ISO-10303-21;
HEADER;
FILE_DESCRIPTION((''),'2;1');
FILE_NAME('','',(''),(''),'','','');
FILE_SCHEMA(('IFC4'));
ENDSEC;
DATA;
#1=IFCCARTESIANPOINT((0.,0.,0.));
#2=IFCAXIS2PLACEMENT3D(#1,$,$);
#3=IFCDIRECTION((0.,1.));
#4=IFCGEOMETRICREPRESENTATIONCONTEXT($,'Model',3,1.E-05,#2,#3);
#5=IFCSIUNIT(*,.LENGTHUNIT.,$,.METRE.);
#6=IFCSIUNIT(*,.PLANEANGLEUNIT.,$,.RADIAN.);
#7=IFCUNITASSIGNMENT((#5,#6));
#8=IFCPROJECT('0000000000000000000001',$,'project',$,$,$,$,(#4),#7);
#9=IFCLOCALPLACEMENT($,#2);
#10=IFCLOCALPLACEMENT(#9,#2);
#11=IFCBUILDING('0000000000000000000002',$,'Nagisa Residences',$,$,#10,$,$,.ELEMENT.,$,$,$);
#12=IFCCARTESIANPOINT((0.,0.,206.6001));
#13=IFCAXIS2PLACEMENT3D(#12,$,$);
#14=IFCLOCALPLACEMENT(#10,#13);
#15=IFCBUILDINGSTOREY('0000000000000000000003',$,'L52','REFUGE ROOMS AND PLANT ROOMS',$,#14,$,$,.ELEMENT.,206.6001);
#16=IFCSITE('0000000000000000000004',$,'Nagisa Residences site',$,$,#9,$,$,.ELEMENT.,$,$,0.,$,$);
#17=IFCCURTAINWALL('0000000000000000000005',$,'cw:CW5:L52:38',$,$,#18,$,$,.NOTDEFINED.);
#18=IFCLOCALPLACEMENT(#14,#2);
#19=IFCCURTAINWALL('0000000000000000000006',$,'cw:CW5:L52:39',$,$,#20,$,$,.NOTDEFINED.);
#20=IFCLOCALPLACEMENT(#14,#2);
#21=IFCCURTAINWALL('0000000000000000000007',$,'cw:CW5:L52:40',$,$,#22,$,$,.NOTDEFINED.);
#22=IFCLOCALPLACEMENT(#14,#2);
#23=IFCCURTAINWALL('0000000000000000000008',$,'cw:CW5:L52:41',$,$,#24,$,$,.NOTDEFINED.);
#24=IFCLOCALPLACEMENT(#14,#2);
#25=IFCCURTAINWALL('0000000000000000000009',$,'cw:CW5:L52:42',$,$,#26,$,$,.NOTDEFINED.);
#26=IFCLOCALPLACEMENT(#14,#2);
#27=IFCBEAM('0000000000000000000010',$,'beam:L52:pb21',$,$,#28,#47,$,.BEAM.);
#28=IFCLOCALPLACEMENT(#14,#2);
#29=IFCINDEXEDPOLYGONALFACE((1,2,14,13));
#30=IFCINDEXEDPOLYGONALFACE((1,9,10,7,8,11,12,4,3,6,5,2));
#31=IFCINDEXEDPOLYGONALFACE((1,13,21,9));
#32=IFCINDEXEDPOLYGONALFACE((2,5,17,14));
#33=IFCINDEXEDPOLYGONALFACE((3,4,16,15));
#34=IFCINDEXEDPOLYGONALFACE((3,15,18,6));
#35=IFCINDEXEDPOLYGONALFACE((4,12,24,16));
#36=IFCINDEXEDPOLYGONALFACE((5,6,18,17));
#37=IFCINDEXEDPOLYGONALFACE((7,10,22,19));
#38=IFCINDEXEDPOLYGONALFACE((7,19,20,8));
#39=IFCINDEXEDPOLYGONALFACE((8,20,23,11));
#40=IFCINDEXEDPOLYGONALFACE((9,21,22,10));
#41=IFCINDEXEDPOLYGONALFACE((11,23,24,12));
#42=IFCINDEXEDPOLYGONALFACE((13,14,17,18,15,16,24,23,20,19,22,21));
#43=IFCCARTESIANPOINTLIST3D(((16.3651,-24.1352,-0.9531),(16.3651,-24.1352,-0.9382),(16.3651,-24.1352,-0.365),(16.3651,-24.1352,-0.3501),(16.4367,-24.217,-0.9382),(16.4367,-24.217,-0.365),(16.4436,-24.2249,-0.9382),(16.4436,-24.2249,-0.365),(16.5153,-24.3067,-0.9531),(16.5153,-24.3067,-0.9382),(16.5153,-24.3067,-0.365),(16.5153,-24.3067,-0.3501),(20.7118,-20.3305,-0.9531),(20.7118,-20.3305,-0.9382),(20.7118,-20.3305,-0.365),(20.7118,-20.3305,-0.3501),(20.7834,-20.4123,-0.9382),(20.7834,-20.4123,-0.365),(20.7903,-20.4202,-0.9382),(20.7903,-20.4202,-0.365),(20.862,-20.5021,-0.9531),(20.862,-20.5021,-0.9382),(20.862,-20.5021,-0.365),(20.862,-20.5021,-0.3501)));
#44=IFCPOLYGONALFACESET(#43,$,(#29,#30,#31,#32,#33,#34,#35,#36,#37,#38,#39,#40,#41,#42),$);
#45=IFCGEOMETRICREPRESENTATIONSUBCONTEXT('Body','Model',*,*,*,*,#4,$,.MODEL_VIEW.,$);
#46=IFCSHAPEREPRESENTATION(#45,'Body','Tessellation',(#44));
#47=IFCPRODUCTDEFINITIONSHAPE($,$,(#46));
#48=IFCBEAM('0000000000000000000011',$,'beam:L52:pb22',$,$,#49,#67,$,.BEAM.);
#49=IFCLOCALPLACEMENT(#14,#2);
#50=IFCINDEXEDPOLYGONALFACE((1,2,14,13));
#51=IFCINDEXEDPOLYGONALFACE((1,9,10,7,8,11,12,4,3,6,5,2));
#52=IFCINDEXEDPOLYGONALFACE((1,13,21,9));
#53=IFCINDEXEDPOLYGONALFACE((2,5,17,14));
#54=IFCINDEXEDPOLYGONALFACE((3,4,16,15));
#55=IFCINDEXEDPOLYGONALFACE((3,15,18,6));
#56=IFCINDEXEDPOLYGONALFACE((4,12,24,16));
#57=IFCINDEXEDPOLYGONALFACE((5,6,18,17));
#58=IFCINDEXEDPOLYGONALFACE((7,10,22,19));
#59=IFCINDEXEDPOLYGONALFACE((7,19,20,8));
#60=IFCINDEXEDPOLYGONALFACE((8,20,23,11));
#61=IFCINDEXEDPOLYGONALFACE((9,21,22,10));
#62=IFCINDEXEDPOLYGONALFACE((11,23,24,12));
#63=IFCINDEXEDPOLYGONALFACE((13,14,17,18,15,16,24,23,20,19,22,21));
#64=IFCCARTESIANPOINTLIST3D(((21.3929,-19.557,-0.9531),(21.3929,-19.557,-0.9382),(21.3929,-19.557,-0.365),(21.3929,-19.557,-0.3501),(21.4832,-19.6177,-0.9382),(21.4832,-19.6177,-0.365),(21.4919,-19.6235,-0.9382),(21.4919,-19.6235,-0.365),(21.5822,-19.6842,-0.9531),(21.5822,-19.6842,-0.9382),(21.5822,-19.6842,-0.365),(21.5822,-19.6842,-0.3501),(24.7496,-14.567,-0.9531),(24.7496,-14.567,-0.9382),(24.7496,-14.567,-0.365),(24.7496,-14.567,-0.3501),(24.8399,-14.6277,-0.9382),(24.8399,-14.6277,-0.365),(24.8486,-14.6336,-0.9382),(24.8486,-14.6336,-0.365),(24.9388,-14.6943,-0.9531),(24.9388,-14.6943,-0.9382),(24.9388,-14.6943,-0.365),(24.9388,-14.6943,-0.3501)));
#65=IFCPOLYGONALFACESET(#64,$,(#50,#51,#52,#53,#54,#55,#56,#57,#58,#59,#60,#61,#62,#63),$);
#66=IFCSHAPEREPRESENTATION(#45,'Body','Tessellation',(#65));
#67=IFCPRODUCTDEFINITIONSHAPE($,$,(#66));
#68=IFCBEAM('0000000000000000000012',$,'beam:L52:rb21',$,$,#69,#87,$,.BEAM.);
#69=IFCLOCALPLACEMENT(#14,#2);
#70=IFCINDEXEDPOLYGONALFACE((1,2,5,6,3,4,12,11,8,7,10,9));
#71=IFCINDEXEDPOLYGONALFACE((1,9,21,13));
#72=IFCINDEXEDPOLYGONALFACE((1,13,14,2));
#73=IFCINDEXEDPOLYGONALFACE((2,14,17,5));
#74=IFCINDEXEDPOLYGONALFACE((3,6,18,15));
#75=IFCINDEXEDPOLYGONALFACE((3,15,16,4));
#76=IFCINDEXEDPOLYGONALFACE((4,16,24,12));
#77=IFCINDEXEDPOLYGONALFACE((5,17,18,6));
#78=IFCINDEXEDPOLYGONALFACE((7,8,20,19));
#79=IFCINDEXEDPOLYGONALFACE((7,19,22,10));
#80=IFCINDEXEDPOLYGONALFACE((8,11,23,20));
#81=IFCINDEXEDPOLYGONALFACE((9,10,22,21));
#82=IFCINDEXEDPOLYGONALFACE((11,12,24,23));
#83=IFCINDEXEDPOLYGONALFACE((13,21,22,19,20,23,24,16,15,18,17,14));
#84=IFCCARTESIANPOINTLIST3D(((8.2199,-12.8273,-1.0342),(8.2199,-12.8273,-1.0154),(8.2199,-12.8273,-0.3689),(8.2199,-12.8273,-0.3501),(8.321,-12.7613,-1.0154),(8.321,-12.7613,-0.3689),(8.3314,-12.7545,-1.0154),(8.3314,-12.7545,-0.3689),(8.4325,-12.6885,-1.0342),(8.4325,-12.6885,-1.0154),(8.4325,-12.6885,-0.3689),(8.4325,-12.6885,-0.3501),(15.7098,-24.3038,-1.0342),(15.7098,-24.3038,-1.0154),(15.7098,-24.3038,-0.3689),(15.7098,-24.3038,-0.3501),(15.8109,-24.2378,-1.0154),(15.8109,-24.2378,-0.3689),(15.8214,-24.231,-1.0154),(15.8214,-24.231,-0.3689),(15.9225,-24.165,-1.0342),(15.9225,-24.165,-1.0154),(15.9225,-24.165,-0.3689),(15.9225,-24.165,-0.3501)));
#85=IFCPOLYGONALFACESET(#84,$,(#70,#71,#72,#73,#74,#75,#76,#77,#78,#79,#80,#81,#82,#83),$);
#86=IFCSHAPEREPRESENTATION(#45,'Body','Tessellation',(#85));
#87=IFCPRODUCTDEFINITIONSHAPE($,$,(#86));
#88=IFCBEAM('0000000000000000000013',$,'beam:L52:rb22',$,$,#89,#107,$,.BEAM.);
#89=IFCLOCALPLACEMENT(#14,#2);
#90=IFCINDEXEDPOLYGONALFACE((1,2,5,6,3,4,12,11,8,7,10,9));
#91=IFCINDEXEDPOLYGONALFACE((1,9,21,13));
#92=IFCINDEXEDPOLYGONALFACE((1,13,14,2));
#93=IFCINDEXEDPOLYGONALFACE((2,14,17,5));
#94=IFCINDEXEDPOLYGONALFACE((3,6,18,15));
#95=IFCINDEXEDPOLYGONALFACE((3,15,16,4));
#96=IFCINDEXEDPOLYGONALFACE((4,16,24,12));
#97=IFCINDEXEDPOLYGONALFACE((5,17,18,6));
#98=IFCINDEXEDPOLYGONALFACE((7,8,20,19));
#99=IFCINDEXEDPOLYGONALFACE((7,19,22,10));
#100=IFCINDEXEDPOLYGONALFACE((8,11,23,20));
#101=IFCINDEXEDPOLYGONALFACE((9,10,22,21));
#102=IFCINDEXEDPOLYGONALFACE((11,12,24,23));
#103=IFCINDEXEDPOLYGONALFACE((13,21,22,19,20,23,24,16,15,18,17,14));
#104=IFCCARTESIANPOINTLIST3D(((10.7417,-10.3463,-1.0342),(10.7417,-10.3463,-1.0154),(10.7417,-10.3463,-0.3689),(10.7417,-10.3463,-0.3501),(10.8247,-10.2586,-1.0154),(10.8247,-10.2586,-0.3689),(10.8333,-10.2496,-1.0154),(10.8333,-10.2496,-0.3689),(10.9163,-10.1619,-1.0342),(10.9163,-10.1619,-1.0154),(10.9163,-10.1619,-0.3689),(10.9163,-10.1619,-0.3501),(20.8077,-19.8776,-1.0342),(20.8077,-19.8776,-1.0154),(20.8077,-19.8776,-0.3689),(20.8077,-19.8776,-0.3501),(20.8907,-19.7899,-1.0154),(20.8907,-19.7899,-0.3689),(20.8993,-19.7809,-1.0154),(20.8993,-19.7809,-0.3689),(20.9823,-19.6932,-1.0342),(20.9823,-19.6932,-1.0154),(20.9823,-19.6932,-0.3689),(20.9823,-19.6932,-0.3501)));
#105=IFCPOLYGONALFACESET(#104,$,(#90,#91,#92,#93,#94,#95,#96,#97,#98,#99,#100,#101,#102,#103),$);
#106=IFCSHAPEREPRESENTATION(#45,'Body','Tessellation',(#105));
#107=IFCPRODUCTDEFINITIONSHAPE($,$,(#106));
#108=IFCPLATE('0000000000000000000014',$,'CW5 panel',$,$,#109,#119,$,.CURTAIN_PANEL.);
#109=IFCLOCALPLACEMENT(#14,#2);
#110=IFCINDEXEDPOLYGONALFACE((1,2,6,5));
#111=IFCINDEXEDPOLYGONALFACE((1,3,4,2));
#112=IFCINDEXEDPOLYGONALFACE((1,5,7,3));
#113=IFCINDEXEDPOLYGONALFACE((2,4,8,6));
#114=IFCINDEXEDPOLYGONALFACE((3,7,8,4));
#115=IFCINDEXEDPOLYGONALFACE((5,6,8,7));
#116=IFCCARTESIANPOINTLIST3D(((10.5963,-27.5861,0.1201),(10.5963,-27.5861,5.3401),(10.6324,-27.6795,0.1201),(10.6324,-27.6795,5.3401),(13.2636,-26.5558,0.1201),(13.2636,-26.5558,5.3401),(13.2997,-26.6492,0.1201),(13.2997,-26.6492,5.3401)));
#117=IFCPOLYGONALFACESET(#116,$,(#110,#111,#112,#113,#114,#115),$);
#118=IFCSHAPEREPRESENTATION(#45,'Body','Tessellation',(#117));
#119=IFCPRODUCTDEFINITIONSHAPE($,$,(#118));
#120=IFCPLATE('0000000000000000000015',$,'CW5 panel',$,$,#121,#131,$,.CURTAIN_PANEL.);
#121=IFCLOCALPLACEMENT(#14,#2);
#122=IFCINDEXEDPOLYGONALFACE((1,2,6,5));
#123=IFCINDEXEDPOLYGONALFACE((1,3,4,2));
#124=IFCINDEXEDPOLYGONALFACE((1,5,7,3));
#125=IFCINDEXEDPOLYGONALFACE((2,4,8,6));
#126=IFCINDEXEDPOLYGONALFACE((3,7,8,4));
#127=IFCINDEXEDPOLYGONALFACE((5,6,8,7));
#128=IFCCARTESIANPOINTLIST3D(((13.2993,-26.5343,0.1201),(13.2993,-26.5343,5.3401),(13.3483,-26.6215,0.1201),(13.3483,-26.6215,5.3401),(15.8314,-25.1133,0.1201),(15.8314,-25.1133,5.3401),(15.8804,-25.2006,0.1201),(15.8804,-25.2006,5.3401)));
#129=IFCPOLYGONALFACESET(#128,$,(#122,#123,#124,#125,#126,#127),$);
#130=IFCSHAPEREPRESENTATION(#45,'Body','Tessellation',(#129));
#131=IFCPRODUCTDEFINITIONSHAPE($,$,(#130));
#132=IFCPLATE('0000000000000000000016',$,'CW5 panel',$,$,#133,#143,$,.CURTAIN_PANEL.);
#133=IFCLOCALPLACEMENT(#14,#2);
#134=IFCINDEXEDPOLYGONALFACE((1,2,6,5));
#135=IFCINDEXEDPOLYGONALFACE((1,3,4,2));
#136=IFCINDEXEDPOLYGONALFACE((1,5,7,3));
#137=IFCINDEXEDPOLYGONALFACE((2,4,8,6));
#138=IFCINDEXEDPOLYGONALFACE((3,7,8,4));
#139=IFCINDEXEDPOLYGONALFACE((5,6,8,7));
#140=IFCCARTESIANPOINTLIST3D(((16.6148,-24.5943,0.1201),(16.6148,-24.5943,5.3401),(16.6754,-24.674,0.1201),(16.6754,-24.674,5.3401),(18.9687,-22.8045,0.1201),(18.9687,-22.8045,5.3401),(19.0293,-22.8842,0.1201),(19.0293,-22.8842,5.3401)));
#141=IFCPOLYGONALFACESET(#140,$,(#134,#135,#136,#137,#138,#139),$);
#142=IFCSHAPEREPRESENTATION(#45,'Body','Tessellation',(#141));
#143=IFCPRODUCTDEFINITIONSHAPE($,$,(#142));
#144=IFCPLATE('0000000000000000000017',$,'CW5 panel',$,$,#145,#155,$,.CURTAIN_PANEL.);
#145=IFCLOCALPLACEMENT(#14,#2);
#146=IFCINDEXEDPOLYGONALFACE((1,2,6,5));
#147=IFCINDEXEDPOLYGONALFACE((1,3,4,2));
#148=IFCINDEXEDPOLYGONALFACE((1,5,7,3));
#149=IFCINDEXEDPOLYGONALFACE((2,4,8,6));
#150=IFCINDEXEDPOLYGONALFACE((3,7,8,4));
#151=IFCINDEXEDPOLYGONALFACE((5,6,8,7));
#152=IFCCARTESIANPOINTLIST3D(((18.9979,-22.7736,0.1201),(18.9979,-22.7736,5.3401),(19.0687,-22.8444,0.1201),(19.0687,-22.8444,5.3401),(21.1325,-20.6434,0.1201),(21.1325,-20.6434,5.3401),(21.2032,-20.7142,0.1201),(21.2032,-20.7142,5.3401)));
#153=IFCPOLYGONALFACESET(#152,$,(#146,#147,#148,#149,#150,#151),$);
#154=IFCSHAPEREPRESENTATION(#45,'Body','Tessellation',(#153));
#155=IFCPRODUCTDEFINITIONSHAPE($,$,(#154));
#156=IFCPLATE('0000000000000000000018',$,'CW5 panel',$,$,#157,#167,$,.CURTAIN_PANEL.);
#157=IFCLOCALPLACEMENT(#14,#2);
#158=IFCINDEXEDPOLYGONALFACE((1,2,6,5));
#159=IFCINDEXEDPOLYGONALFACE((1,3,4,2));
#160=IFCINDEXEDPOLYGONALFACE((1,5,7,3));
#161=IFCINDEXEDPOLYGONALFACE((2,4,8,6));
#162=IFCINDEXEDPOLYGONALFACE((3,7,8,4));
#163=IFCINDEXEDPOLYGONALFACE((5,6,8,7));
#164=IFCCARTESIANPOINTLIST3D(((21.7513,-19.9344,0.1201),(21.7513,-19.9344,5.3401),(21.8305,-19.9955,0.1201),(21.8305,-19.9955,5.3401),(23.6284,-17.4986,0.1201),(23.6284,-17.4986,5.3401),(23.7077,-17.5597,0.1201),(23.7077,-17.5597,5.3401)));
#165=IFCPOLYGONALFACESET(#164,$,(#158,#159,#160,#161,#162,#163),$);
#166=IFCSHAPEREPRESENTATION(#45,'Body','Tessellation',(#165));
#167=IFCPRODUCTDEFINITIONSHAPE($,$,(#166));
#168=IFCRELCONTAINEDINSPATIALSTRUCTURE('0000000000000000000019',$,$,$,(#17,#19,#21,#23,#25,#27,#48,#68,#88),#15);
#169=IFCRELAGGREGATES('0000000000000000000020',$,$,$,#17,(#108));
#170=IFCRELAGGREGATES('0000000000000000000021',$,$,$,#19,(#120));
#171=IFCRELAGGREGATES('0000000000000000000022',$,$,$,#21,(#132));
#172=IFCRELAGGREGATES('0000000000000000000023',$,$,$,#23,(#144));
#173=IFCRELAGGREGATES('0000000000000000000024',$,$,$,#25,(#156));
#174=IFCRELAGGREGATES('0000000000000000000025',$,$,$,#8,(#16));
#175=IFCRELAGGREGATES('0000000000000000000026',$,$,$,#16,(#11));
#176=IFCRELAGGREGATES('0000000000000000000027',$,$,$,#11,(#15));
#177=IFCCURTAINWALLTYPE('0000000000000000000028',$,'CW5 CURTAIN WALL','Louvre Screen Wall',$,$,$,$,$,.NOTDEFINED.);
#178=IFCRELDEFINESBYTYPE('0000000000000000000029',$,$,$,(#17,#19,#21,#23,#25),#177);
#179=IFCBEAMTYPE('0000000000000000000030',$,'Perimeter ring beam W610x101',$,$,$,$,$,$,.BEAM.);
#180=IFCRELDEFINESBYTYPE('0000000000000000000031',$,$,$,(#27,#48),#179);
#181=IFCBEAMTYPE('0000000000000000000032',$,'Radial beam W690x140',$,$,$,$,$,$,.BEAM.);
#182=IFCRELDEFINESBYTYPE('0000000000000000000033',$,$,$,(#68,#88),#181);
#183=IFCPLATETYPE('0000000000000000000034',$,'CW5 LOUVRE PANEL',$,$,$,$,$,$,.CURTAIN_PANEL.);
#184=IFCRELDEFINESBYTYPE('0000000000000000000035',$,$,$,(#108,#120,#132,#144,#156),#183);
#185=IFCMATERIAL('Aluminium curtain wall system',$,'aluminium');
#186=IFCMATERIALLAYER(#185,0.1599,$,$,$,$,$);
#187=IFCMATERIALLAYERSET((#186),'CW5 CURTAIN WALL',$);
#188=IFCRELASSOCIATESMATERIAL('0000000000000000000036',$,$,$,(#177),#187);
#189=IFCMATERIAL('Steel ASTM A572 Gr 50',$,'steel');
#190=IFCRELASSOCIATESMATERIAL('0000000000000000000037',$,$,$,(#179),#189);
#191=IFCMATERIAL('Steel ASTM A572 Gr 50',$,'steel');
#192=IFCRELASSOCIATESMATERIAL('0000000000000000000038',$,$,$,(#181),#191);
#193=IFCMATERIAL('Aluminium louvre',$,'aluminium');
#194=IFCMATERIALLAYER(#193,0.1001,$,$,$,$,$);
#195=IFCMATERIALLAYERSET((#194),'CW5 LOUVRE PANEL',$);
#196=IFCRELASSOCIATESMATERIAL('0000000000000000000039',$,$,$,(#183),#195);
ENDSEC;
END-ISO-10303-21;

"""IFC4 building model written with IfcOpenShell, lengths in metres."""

from ifc_helpers import new_model, si_unit, direction, frame, origin, origin_2d, place, context, subcontext, project, spatial, rectangle, i_section, extrude, material, layer, layer_set, material_profile, profile_set, type_object, element, aggregate, save


model = new_model("IFC4")

# Units and contexts
model_context = context("Model", 3, precision=1e-05, world=origin(), true_north=direction((0.0, 1.0)))
body_context = subcontext(model_context, "Body", "Model", "MODEL_VIEW")
ifc_project = project(units=[si_unit("LENGTHUNIT", "METRE"), si_unit("PLANEANGLEUNIT", "RADIAN")], contexts=[model_context])

# Site, building, storey
site_placement = place(None, origin())
site = spatial("IfcSite", under=ifc_project, at=site_placement, Name="Nagisa Residences site", CompositionType="ELEMENT", RefElevation=0.0)
building_placement = place(site_placement, origin())
building = spatial("IfcBuilding", under=site, at=building_placement, Name="Nagisa Residences", CompositionType="ELEMENT")
storey_placement = place(building_placement, frame((0.0, 0.0, 206.6001)))
storey = spatial("IfcBuildingStorey", under=building, at=storey_placement, Name="L52", Description="REFUGE ROOMS AND PLANT ROOMS", CompositionType="ELEMENT", Elevation=206.6001)

# Curtain walls
ifc_material_1 = material(Name="Aluminium curtain wall system", Category="aluminium")
ifc_layer_1 = layer(ifc_material_1, 0.1599)
ifc_layer_set_1 = layer_set([ifc_layer_1], Name="CW5 CURTAIN WALL")
curtain_wall_type = type_object("IfcCurtainWallType", Name="CW5 CURTAIN WALL", Description="Louvre Screen Wall", PredefinedType="NOTDEFINED", material=ifc_layer_set_1)
curtain_wall_1_placement = place(storey_placement, origin())
curtain_wall_1 = element("IfcCurtainWall", 1, at=curtain_wall_1_placement, inside=storey, type_object=curtain_wall_type, Name="cw:CW5:L52:38", PredefinedType="NOTDEFINED")
curtain_wall_2_placement = place(storey_placement, origin())
curtain_wall_2 = element("IfcCurtainWall", 2, at=curtain_wall_2_placement, inside=storey, type_object=curtain_wall_type, Name="cw:CW5:L52:39", PredefinedType="NOTDEFINED")
curtain_wall_3_placement = place(storey_placement, origin())
curtain_wall_3 = element("IfcCurtainWall", 3, at=curtain_wall_3_placement, inside=storey, type_object=curtain_wall_type, Name="cw:CW5:L52:40", PredefinedType="NOTDEFINED")
curtain_wall_4_placement = place(storey_placement, origin())
curtain_wall_4 = element("IfcCurtainWall", 4, at=curtain_wall_4_placement, inside=storey, type_object=curtain_wall_type, Name="cw:CW5:L52:41", PredefinedType="NOTDEFINED")
curtain_wall_5_placement = place(storey_placement, origin())
curtain_wall_5 = element("IfcCurtainWall", 5, at=curtain_wall_5_placement, inside=storey, type_object=curtain_wall_type, Name="cw:CW5:L52:42", PredefinedType="NOTDEFINED")

# Beams
ifc_material_2 = material(Name="Steel ASTM A572 Gr 50", Category="steel")
ifc_material_profile_1 = material_profile(ifc_material_2, i_section(OverallWidth=0.228, OverallDepth=0.603, WebThickness=0.0105, FlangeThickness=0.0149, at=origin_2d()), Name="W610x101")
ifc_profile_set_1 = profile_set([ifc_material_profile_1], Name="Steel ASTM A572 Gr 50")
beam_type_1 = type_object("IfcBeamType", Name="Perimeter ring beam W610x101", PredefinedType="BEAM", material=ifc_profile_set_1)
beam_1_placement = place(storey_placement, frame((16.4402, -24.2209, -0.6516), z_axis=(0.752461, 0.658636, 0.0), x_axis=(-0.658636, 0.752461, 0.0)))
element("IfcBeam", 6, at=beam_1_placement, inside=storey, type_object=beam_type_1, Name="beam:L52:pb21", PredefinedType="BEAM", context=body_context, shape_type="SweptSolid", body=[
    extrude(i_section(OverallWidth=0.228, OverallDepth=0.603, WebThickness=0.0105, FlangeThickness=0.0149, at=origin_2d()), origin(), (0.0, 0.0, 1.0), 5.7766),
])
beam_2_placement = place(storey_placement, frame((21.4875, -19.6206, -0.6516), z_axis=(0.558152, 0.829739, 0.0), x_axis=(-0.829739, 0.558152, 0.0)))
element("IfcBeam", 7, at=beam_2_placement, inside=storey, type_object=beam_type_1, Name="beam:L52:pb22", PredefinedType="BEAM", context=body_context, shape_type="SweptSolid", body=[
    extrude(i_section(OverallWidth=0.228, OverallDepth=0.603, WebThickness=0.0105, FlangeThickness=0.0149, at=origin_2d()), origin(), (0.0, 0.0, 1.0), 6.0139),
])
ifc_material_3 = material(Name="Steel ASTM A572 Gr 50", Category="steel")
ifc_material_profile_2 = material_profile(ifc_material_3, i_section(OverallWidth=0.2539, OverallDepth=0.6841, WebThickness=0.0125, FlangeThickness=0.0188, at=origin_2d()), Name="W690x140")
ifc_profile_set_2 = profile_set([ifc_material_profile_2], Name="Steel ASTM A572 Gr 50")
beam_type_2 = type_object("IfcBeamType", Name="Radial beam W690x140", PredefinedType="BEAM", material=ifc_profile_set_2)
beam_3_placement = place(storey_placement, frame((15.8162, -24.2344, -0.6921), z_axis=(-0.546538, 0.837434, 0.0), x_axis=(-0.837434, -0.546538, 0.0)))
element("IfcBeam", 8, at=beam_3_placement, inside=storey, type_object=beam_type_2, Name="beam:L52:rb21", PredefinedType="BEAM", context=body_context, shape_type="SweptSolid", body=[
    extrude(i_section(OverallWidth=0.2539, OverallDepth=0.6841, WebThickness=0.0125, FlangeThickness=0.0188, at=origin_2d()), origin(), (0.0, 0.0, 1.0), 13.7043),
])
beam_4_placement = place(storey_placement, frame((20.895, -19.7854, -0.6921), z_axis=(-0.726129, 0.687559, 0.0), x_axis=(-0.687559, -0.726129, 0.0)))
element("IfcBeam", 9, at=beam_4_placement, inside=storey, type_object=beam_type_2, Name="beam:L52:rb22", PredefinedType="BEAM", context=body_context, shape_type="SweptSolid", body=[
    extrude(i_section(OverallWidth=0.2539, OverallDepth=0.6841, WebThickness=0.0125, FlangeThickness=0.0188, at=origin_2d()), origin(), (0.0, 0.0, 1.0), 13.8625),
])

# Plates
ifc_material_4 = material(Name="Aluminium louvre", Category="aluminium")
ifc_layer_2 = layer(ifc_material_4, 0.1001)
ifc_layer_set_2 = layer_set([ifc_layer_2], Name="CW5 LOUVRE PANEL")
plate_type = type_object("IfcPlateType", Name="CW5 LOUVRE PANEL", PredefinedType="CURTAIN_PANEL", material=ifc_layer_set_2)
plate_1_placement = place(storey_placement, frame((11.948, -27.1177, 0.1201), z_axis=(0.0, 0.0, 1.0), x_axis=(0.932826, 0.360328, 0.0)))
plate_1 = element("IfcPlate", 10, at=plate_1_placement, type_object=plate_type, Name="CW5 panel", PredefinedType="CURTAIN_PANEL", context=body_context, shape_type="SweptSolid", body=[
    extrude(rectangle(XDim=2.8594, YDim=0.1001, at=origin_2d()), origin(), (0.0, 0.0, 1.0), 5.22),
])
aggregate(curtain_wall_1, [plate_1])
plate_2_placement = place(storey_placement, frame((14.5898, -25.8674, 0.1201), z_axis=(0.0, 0.0, 1.0), x_axis=(0.872072, 0.489377, 0.0)))
plate_2 = element("IfcPlate", 11, at=plate_2_placement, type_object=plate_type, Name="CW5 panel", PredefinedType="CURTAIN_PANEL", context=body_context, shape_type="SweptSolid", body=[
    extrude(rectangle(XDim=2.9036, YDim=0.1001, at=origin_2d()), origin(), (0.0, 0.0, 1.0), 5.22),
])
aggregate(curtain_wall_2, [plate_2])
plate_3_placement = place(storey_placement, frame((17.822, -23.7393, 0.1201), z_axis=(0.0, 0.0, 1.0), x_axis=(0.796031, 0.605255, 0.0)))
plate_3 = element("IfcPlate", 12, at=plate_3_placement, type_object=plate_type, Name="CW5 panel", PredefinedType="CURTAIN_PANEL", context=body_context, shape_type="SweptSolid", body=[
    extrude(rectangle(XDim=2.957, YDim=0.1001, at=origin_2d()), origin(), (0.0, 0.0, 1.0), 5.22),
])
aggregate(curtain_wall_3, [plate_3])
plate_4_placement = place(storey_placement, frame((20.1006, -21.7439, 0.1201), z_axis=(0.0, 0.0, 1.0), x_axis=(0.707836, 0.706377, 0.0)))
plate_4 = element("IfcPlate", 13, at=plate_4_placement, type_object=plate_type, Name="CW5 panel", PredefinedType="CURTAIN_PANEL", context=body_context, shape_type="SweptSolid", body=[
    extrude(rectangle(XDim=3.0156, YDim=0.1001, at=origin_2d()), origin(), (0.0, 0.0, 1.0), 5.22),
])
aggregate(curtain_wall_4, [plate_4])
plate_5_placement = place(storey_placement, frame((22.7295, -18.7471, 0.1201), z_axis=(0.0, 0.0, 1.0), x_axis=(0.61043, 0.79207, 0.0)))
plate_5 = element("IfcPlate", 14, at=plate_5_placement, type_object=plate_type, Name="CW5 panel", PredefinedType="CURTAIN_PANEL", context=body_context, shape_type="SweptSolid", body=[
    extrude(rectangle(XDim=3.0752, YDim=0.1001, at=origin_2d()), origin(), (0.0, 0.0, 1.0), 5.22),
])
aggregate(curtain_wall_5, [plate_5])

save(model, "model.ifc")
